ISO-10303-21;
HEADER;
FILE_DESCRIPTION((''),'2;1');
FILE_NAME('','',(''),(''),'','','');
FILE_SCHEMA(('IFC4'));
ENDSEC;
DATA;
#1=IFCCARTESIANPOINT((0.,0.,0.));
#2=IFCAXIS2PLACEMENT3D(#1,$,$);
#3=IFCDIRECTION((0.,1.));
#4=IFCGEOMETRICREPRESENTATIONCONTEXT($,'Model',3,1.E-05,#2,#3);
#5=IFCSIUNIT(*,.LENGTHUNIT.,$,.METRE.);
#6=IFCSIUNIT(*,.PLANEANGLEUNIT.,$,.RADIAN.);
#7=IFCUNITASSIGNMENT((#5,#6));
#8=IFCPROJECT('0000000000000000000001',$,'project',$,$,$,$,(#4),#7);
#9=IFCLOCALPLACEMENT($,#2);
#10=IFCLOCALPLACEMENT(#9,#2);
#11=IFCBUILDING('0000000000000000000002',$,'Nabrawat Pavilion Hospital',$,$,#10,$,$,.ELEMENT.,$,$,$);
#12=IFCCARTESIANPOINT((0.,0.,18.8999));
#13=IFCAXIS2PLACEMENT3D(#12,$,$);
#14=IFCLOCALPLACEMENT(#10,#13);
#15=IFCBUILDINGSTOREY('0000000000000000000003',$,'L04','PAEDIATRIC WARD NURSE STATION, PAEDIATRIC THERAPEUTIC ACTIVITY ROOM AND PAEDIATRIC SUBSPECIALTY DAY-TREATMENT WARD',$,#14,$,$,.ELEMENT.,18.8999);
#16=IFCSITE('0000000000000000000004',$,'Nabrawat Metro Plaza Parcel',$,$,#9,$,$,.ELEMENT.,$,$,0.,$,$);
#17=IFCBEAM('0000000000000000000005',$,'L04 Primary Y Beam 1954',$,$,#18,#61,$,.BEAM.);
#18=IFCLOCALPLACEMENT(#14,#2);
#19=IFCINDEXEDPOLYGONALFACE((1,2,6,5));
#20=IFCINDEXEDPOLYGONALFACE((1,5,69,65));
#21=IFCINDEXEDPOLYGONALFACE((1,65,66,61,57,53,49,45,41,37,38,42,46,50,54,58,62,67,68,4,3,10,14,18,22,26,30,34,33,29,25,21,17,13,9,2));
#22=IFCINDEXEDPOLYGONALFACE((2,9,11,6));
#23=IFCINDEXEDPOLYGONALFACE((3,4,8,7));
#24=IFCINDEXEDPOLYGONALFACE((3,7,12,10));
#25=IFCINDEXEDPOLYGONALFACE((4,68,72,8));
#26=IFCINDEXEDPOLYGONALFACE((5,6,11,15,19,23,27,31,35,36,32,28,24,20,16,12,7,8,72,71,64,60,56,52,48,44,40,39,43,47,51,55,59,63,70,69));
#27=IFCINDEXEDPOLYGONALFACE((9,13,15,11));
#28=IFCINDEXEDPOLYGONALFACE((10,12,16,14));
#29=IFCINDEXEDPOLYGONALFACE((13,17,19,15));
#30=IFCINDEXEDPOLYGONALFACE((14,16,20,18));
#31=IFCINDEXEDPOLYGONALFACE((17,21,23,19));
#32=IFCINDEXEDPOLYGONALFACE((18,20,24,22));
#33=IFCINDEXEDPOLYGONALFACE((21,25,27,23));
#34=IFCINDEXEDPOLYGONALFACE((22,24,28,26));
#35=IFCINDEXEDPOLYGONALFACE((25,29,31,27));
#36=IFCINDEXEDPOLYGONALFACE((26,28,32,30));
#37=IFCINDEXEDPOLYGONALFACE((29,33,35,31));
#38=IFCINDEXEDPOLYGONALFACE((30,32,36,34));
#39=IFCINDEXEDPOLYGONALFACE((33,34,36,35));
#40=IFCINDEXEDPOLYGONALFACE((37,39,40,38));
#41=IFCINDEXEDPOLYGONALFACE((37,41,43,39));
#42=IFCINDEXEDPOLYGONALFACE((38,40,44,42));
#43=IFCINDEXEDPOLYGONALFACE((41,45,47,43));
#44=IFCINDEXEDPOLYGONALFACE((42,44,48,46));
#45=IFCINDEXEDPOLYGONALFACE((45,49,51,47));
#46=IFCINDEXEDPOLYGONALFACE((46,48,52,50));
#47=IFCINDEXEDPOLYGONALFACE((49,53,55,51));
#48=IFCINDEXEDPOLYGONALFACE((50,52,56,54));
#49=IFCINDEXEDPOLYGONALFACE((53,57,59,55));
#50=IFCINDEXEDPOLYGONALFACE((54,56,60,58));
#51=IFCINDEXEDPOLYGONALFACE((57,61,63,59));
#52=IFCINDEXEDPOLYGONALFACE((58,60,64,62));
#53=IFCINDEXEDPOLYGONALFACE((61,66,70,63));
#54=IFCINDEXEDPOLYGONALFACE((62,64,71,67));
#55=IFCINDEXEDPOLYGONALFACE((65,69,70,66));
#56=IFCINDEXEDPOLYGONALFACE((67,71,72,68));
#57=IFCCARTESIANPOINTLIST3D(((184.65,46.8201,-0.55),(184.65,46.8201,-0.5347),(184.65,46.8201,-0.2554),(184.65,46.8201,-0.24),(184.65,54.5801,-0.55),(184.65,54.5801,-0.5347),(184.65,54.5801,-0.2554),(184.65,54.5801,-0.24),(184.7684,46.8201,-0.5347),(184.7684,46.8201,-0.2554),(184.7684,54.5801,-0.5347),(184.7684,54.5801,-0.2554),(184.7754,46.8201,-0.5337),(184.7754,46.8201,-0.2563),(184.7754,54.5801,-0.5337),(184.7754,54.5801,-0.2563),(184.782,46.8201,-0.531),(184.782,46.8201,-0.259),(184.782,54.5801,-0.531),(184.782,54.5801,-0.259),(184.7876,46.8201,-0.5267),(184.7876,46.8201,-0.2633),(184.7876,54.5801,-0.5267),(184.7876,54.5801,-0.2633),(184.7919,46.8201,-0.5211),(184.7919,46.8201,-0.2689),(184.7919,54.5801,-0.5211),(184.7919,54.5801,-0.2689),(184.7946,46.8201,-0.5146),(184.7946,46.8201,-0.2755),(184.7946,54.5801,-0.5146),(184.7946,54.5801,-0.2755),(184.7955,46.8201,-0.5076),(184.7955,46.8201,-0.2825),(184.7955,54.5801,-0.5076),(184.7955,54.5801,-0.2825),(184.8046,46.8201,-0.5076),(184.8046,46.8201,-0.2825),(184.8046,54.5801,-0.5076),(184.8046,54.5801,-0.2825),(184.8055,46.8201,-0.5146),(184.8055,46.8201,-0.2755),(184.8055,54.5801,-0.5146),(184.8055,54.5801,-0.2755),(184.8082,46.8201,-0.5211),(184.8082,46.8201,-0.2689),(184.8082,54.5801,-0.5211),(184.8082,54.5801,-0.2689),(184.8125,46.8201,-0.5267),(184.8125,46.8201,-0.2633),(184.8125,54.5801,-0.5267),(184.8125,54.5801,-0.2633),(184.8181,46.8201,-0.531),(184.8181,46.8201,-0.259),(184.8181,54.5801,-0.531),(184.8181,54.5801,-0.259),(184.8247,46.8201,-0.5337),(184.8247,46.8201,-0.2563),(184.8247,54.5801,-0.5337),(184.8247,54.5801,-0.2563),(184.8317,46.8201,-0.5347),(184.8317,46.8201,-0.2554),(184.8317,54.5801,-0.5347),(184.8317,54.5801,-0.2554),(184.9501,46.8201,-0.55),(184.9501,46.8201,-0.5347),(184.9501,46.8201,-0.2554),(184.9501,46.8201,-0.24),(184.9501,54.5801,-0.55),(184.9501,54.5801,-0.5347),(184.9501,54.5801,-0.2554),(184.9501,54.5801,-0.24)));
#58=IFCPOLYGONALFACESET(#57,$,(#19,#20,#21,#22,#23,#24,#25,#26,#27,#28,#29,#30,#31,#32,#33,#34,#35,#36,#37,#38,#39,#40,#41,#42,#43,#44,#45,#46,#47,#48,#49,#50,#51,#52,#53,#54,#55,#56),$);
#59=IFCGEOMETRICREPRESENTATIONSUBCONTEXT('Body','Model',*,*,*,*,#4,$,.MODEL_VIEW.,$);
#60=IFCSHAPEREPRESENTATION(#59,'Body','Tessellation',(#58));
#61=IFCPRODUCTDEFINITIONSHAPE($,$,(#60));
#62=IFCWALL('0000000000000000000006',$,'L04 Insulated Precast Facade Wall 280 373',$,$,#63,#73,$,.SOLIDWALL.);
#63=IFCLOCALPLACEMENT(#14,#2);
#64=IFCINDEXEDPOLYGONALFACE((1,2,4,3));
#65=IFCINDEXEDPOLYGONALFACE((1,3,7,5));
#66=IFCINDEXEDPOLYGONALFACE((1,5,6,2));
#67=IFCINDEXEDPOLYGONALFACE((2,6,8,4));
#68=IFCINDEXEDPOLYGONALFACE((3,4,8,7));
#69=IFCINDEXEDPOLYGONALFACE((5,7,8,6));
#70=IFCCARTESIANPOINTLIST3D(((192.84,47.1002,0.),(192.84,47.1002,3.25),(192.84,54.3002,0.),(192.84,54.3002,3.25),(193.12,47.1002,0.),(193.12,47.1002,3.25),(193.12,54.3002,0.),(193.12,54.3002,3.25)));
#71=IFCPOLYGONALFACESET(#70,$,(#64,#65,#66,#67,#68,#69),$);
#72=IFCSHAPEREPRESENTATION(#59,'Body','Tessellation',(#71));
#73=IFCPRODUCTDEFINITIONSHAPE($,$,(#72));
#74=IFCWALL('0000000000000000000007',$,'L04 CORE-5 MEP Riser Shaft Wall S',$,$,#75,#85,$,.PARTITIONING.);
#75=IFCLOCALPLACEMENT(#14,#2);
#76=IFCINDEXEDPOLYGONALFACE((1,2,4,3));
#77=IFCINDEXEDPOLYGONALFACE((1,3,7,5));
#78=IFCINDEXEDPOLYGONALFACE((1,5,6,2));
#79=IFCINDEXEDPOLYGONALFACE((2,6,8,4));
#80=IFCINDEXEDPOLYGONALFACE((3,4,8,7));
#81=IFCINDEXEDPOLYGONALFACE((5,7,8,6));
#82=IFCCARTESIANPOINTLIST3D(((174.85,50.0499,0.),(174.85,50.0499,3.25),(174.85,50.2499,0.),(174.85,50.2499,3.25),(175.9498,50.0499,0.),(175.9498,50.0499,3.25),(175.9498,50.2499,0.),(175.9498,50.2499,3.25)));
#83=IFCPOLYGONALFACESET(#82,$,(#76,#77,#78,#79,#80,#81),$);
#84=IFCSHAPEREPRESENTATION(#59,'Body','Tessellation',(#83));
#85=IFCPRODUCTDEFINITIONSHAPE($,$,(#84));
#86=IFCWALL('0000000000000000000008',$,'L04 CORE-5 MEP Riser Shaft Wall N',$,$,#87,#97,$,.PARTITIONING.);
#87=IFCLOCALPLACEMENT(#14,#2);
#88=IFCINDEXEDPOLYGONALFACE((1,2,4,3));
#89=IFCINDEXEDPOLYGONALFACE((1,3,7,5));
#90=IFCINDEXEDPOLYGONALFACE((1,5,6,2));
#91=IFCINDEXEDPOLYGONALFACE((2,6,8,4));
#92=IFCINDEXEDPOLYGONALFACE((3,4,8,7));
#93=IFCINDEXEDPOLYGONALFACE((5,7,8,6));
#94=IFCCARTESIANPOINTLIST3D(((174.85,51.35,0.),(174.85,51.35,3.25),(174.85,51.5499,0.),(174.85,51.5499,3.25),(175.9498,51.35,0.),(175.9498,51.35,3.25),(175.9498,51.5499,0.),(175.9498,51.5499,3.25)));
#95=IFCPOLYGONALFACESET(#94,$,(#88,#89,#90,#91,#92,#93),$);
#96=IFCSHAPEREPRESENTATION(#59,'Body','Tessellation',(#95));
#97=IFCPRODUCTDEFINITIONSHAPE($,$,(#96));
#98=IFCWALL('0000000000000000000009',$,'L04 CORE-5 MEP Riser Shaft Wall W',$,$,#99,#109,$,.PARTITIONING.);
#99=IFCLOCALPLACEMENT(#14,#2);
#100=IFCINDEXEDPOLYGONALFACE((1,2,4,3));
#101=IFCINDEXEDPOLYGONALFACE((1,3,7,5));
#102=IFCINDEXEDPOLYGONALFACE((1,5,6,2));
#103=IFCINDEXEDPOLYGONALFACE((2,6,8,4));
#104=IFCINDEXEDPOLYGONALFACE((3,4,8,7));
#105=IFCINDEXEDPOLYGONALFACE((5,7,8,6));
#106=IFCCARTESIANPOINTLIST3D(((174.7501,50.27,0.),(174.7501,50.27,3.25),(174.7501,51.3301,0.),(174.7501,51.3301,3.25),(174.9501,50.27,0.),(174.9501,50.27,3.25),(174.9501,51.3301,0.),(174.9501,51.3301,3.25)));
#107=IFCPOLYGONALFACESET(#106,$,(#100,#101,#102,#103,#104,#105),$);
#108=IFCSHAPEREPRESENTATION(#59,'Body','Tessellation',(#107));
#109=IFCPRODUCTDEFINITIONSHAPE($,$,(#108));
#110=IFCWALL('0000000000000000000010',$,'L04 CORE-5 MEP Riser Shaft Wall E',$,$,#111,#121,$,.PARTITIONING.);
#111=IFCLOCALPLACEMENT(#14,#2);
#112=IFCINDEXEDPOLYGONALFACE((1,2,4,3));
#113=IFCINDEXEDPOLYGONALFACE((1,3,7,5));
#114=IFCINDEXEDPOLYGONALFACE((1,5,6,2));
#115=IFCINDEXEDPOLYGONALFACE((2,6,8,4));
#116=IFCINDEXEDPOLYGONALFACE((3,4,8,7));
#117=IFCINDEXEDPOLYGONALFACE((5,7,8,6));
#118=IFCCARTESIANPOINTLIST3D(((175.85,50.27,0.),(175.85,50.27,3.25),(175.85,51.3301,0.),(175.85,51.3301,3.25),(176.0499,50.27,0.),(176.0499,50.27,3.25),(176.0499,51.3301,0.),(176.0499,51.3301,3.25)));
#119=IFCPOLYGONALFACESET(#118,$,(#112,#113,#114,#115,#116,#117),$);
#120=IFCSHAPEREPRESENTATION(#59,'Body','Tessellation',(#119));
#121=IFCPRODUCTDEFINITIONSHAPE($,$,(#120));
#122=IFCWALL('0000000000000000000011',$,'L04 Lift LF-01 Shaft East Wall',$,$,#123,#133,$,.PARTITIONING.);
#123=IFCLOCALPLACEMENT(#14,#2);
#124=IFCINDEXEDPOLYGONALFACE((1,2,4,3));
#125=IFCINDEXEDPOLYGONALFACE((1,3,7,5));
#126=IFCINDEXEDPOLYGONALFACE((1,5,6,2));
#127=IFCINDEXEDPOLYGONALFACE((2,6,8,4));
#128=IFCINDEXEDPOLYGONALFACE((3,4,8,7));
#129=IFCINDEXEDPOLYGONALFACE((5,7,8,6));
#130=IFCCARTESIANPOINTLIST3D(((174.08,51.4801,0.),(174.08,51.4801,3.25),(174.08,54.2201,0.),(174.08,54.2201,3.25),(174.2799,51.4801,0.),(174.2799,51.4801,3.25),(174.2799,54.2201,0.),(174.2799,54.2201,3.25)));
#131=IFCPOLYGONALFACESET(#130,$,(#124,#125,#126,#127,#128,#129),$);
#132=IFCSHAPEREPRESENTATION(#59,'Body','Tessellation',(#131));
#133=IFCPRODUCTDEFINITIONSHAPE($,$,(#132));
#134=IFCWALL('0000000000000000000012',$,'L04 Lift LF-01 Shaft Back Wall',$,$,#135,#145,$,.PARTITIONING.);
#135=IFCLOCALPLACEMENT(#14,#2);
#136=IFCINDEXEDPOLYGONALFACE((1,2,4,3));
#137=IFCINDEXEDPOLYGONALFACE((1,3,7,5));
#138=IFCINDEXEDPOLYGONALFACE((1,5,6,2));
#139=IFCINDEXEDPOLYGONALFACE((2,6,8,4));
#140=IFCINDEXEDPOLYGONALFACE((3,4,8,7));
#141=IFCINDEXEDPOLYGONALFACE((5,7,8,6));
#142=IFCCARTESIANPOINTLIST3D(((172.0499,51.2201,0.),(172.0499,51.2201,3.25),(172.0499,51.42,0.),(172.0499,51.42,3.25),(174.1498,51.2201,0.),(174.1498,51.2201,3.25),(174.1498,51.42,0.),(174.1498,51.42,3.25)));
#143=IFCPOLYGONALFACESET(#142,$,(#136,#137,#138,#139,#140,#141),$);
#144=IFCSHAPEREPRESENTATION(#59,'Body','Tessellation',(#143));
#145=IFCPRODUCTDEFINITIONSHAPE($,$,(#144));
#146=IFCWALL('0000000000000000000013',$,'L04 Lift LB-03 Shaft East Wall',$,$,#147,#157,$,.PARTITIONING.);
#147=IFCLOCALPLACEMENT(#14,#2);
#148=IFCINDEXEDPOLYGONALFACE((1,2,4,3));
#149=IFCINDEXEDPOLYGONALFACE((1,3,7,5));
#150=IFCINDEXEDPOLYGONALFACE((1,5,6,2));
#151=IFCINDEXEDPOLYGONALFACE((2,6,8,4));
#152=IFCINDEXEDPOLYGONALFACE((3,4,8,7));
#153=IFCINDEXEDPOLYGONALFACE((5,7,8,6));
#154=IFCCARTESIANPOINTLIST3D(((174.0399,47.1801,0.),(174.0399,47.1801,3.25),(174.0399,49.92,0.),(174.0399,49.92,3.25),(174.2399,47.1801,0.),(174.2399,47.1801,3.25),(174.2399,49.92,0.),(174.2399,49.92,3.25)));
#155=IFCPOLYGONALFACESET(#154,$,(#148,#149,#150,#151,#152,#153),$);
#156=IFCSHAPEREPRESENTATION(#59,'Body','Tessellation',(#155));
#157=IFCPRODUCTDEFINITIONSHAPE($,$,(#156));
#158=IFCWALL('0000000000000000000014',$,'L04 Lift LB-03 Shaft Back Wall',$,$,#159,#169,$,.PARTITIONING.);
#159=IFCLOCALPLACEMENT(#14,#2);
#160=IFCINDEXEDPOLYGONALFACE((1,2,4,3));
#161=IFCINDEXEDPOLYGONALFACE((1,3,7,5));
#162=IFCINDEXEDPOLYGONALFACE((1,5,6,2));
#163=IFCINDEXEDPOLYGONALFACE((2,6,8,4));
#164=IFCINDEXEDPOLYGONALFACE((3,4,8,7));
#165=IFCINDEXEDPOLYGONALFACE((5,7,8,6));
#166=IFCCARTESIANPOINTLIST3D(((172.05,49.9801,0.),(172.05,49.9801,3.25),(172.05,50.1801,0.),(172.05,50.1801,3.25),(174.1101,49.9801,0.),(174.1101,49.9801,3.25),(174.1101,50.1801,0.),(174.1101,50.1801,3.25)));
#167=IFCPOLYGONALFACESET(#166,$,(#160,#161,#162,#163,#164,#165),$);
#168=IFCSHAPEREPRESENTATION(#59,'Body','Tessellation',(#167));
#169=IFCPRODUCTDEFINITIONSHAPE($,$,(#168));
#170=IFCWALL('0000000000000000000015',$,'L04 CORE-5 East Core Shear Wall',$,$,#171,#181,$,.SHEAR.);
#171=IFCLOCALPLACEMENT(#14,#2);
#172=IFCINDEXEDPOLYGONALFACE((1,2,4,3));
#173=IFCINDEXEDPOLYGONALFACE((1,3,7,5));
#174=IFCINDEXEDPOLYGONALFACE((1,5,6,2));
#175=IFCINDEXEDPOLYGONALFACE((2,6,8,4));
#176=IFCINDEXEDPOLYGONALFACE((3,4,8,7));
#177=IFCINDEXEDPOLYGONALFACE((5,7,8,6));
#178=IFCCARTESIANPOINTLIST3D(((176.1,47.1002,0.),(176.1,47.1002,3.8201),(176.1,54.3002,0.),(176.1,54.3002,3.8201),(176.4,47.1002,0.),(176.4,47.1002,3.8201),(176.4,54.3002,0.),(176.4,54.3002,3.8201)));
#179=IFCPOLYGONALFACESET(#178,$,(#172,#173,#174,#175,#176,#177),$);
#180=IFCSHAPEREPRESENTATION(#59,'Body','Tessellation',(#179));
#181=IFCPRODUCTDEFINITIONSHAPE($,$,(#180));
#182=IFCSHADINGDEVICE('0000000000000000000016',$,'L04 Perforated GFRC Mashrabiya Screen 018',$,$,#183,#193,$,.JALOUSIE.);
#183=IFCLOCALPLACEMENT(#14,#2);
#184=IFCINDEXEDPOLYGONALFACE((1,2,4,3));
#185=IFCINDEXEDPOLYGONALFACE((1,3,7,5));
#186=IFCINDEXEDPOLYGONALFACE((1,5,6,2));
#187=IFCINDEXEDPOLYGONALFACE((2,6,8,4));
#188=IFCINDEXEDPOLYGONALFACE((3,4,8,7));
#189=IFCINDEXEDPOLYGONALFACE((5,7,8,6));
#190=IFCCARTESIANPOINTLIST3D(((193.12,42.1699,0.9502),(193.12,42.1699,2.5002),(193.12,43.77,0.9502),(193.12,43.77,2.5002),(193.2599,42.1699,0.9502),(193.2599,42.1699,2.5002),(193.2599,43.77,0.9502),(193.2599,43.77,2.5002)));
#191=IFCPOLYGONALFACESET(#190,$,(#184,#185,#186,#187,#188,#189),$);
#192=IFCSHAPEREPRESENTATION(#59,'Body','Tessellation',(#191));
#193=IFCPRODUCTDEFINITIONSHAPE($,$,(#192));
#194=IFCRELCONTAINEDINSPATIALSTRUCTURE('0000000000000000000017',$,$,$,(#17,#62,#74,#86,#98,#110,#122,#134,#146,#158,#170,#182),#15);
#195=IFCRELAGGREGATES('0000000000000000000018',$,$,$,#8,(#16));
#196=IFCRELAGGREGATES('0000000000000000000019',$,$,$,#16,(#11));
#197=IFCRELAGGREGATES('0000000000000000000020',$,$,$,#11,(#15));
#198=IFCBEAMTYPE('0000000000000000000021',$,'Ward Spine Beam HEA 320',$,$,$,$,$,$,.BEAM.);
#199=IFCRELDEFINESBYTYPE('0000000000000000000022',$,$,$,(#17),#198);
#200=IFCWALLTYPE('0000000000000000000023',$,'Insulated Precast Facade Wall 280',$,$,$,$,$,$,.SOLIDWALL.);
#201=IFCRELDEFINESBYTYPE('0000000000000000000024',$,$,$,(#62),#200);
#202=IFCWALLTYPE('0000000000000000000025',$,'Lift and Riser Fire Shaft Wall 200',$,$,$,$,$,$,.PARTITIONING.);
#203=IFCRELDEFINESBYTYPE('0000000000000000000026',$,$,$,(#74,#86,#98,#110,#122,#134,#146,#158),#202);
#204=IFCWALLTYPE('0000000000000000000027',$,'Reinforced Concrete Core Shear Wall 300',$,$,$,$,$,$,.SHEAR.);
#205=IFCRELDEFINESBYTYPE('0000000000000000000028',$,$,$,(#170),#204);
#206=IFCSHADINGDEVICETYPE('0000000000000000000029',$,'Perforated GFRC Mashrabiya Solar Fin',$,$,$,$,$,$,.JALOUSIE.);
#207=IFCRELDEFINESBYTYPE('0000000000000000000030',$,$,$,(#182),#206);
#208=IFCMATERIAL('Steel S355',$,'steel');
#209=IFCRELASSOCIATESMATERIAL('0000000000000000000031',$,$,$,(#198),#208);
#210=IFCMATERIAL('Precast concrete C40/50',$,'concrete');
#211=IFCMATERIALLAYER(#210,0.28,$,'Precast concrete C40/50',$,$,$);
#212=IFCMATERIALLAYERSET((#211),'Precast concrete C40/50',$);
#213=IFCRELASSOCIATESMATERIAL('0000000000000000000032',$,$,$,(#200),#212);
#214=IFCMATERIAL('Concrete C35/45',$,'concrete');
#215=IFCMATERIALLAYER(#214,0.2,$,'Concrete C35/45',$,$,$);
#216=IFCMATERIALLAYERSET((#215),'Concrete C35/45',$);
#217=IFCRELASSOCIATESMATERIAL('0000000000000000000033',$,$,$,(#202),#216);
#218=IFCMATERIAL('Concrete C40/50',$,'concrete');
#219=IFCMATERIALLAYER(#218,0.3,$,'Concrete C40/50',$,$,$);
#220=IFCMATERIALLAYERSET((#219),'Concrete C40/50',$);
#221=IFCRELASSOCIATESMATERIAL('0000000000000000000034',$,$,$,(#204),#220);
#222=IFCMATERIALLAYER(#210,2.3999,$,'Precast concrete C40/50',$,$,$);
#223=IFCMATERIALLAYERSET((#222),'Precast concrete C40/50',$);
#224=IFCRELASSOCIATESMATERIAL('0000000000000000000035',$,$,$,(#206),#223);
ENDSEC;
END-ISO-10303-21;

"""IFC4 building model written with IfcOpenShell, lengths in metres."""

from ifc_helpers import new_model, si_unit, direction, frame, frame_2d, origin, origin_2d, place, context, subcontext, project, spatial, rectangle, i_section, extrude, material, layer, layer_set, material_profile, profile_set, type_object, element, save


model = new_model("IFC4")

# Units and contexts
model_context = context("Model", 3, precision=1e-05, world=origin(), true_north=direction((0.0, 1.0)))
body_context = subcontext(model_context, "Body", "Model", "MODEL_VIEW")
ifc_project = project(units=[si_unit("LENGTHUNIT", "METRE"), si_unit("PLANEANGLEUNIT", "RADIAN")], contexts=[model_context])

# Site, building, storey
site_placement = place(None, origin())
site = spatial("IfcSite", under=ifc_project, at=site_placement, Name="Nabrawat Metro Plaza Parcel", CompositionType="ELEMENT", RefElevation=0.0)
building_placement = place(site_placement, origin())
building = spatial("IfcBuilding", under=site, at=building_placement, Name="Nabrawat Pavilion Hospital", CompositionType="ELEMENT")
storey_placement = place(building_placement, frame((0.0, 0.0, 18.8999)))
storey = spatial("IfcBuildingStorey", under=building, at=storey_placement, Name="L04", Description="PAEDIATRIC WARD NURSE STATION, PAEDIATRIC THERAPEUTIC ACTIVITY ROOM AND PAEDIATRIC SUBSPECIALTY DAY-TREATMENT WARD", CompositionType="ELEMENT", Elevation=18.8999)

# Shared definitions
ifc_material_1 = material(Name="Steel S355", Category="steel")

# Beam
ifc_material_profile_1 = material_profile(ifc_material_1, i_section(OverallWidth=0.3, OverallDepth=0.3101, WebThickness=0.009, FlangeThickness=0.0154, FilletRadius=0.0271, at=origin_2d()), Name="HEA 320")
ifc_profile_set_1 = profile_set([ifc_material_profile_1], Name="Steel S355")
beam_type_1 = type_object("IfcBeamType", Name="Ward Spine Beam HEA 320", PredefinedType="BEAM", material=ifc_profile_set_1)
for number, where, z_axis, x_axis, name in (
    (1, (184.8, 46.8201, -0.395), (0.0, 1.0, 0.0), (-1.0, 0.0, 0.0), "L04 Primary Y Beam 1954"),
):
    element("IfcBeam", number, at=place(storey_placement, frame(where, z_axis=z_axis, x_axis=x_axis)), inside=storey, type_object=beam_type_1, Name=name, PredefinedType="BEAM", context=body_context, shape_type="SweptSolid", body=[
        extrude(i_section(OverallWidth=0.3, OverallDepth=0.3101, WebThickness=0.009, FlangeThickness=0.0154, FilletRadius=0.0271, at=origin_2d()), origin(), (0.0, 0.0, 1.0), 7.76),
    ])

# Walls
ifc_material_2 = material(Name="Precast concrete C40/50", Category="concrete")
ifc_layer_1 = layer(ifc_material_2, 0.28, Name="Precast concrete C40/50")
ifc_layer_set_1 = layer_set([ifc_layer_1], Name="Precast concrete C40/50")
wall_type_1 = type_object("IfcWallType", Name="Insulated Precast Facade Wall 280", PredefinedType="SOLIDWALL", material=ifc_layer_set_1)
wall_1_placement = place(storey_placement, frame((192.98, 47.1001, 0.0), z_axis=(0.0, 0.0, 1.0), x_axis=(0.0, 1.0, 0.0)))
element("IfcWall", 2, at=wall_1_placement, inside=storey, type_object=wall_type_1, Name="L04 Insulated Precast Facade Wall 280 373", PredefinedType="SOLIDWALL", context=body_context, shape_type="SweptSolid", body=[
    extrude(rectangle(XDim=7.2, YDim=0.28, at=frame_2d((3.6001, 0.0))), origin(), (0.0, 0.0, 1.0), 3.25),
])
ifc_material_3 = material(Name="Concrete C35/45", Category="concrete")
ifc_layer_2 = layer(ifc_material_3, 0.2, Name="Concrete C35/45")
ifc_layer_set_2 = layer_set([ifc_layer_2], Name="Concrete C35/45")
wall_type_2 = type_object("IfcWallType", Name="Lift and Riser Fire Shaft Wall 200", PredefinedType="PARTITIONING", material=ifc_layer_set_2)
for number, where, z_axis, x_axis, name in (
    (3, (174.8501, 50.1499, 0.0), (0.0, 0.0, 1.0), (1.0, 0.0, 0.0), "L04 CORE-5 MEP Riser Shaft Wall S"),
    (4, (174.8501, 51.45, 0.0), (0.0, 0.0, 1.0), (1.0, 0.0, 0.0), "L04 CORE-5 MEP Riser Shaft Wall N"),
):
    element("IfcWall", number, at=place(storey_placement, frame(where, z_axis=z_axis, x_axis=x_axis)), inside=storey, type_object=wall_type_2, Name=name, PredefinedType="PARTITIONING", context=body_context, shape_type="SweptSolid", body=[
        extrude(rectangle(XDim=1.0999, YDim=0.2, at=frame_2d((0.5498, 0.0))), origin(), (0.0, 0.0, 1.0), 3.25),
    ])
for number, where, z_axis, x_axis, name in (
    (5, (174.8501, 50.27, 0.0), (0.0, 0.0, 1.0), (0.0, 1.0, 0.0), "L04 CORE-5 MEP Riser Shaft Wall W"),
    (6, (175.95, 50.27, 0.0), (0.0, 0.0, 1.0), (0.0, 1.0, 0.0), "L04 CORE-5 MEP Riser Shaft Wall E"),
):
    element("IfcWall", number, at=place(storey_placement, frame(where, z_axis=z_axis, x_axis=x_axis)), inside=storey, type_object=wall_type_2, Name=name, PredefinedType="PARTITIONING", context=body_context, shape_type="SweptSolid", body=[
        extrude(rectangle(XDim=1.0601, YDim=0.2, at=frame_2d((0.53, 0.0))), origin(), (0.0, 0.0, 1.0), 3.25),
    ])
wall_2_placement = place(storey_placement, frame((174.1799, 51.48, 0.0), z_axis=(0.0, 0.0, 1.0), x_axis=(0.0, 1.0, 0.0)))
element("IfcWall", 7, at=wall_2_placement, inside=storey, type_object=wall_type_2, Name="L04 Lift LF-01 Shaft East Wall", PredefinedType="PARTITIONING", context=body_context, shape_type="SweptSolid", body=[
    extrude(rectangle(XDim=2.74, YDim=0.2, at=frame_2d((1.3701, 0.0))), origin(), (0.0, 0.0, 1.0), 3.25),
])
wall_3_placement = place(storey_placement, frame((172.05, 51.3201, 0.0), z_axis=(0.0, 0.0, 1.0), x_axis=(1.0, 0.0, 0.0)))
element("IfcWall", 8, at=wall_3_placement, inside=storey, type_object=wall_type_2, Name="L04 Lift LF-01 Shaft Back Wall", PredefinedType="PARTITIONING", context=body_context, shape_type="SweptSolid", body=[
    extrude(rectangle(XDim=2.0999, YDim=0.2, at=frame_2d((1.0498, 0.0))), origin(), (0.0, 0.0, 1.0), 3.25),
])
wall_4_placement = place(storey_placement, frame((174.1399, 47.1799, 0.0), z_axis=(0.0, 0.0, 1.0), x_axis=(0.0, 1.0, 0.0)))
element("IfcWall", 9, at=wall_4_placement, inside=storey, type_object=wall_type_2, Name="L04 Lift LB-03 Shaft East Wall", PredefinedType="PARTITIONING", context=body_context, shape_type="SweptSolid", body=[
    extrude(rectangle(XDim=2.74, YDim=0.2, at=frame_2d((1.3701, 0.0))), origin(), (0.0, 0.0, 1.0), 3.25),
])
wall_5_placement = place(storey_placement, frame((172.05, 50.0801, 0.0), z_axis=(0.0, 0.0, 1.0), x_axis=(1.0, 0.0, 0.0)))
element("IfcWall", 10, at=wall_5_placement, inside=storey, type_object=wall_type_2, Name="L04 Lift LB-03 Shaft Back Wall", PredefinedType="PARTITIONING", context=body_context, shape_type="SweptSolid", body=[
    extrude(rectangle(XDim=2.0601, YDim=0.2, at=frame_2d((1.03, 0.0))), origin(), (0.0, 0.0, 1.0), 3.25),
])
ifc_material_4 = material(Name="Concrete C40/50", Category="concrete")
ifc_layer_3 = layer(ifc_material_4, 0.3, Name="Concrete C40/50")
ifc_layer_set_3 = layer_set([ifc_layer_3], Name="Concrete C40/50")
wall_type_3 = type_object("IfcWallType", Name="Reinforced Concrete Core Shear Wall 300", PredefinedType="SHEAR", material=ifc_layer_set_3)
wall_6_placement = place(storey_placement, frame((176.25, 47.1001, 0.0), z_axis=(0.0, 0.0, 1.0), x_axis=(0.0, 1.0, 0.0)))
element("IfcWall", 11, at=wall_6_placement, inside=storey, type_object=wall_type_3, Name="L04 CORE-5 East Core Shear Wall", PredefinedType="SHEAR", context=body_context, shape_type="SweptSolid", body=[
    extrude(rectangle(XDim=7.2, YDim=0.3, at=frame_2d((3.6001, 0.0))), origin(), (0.0, 0.0, 1.0), 3.8201),
])

# Shading device
ifc_layer_4 = layer(ifc_material_2, 2.3999, Name="Precast concrete C40/50")
ifc_layer_set_4 = layer_set([ifc_layer_4], Name="Precast concrete C40/50")
shading_device_type = type_object("IfcShadingDeviceType", Name="Perforated GFRC Mashrabiya Solar Fin", PredefinedType="JALOUSIE", material=ifc_layer_set_4)
shading_device_placement = place(storey_placement, frame((193.1899, 42.97, 0.9502), z_axis=(0.0, 0.0, 1.0), x_axis=(0.0, 1.0, 0.0)))
element("IfcShadingDevice", 12, at=shading_device_placement, inside=storey, type_object=shading_device_type, Name="L04 Perforated GFRC Mashrabiya Screen 018", PredefinedType="JALOUSIE", context=body_context, shape_type="SweptSolid", body=[
    extrude(rectangle(XDim=1.6001, YDim=0.1399, at=origin_2d()), origin(), (0.0, 0.0, 1.0), 1.55),
])

save(model, "model.ifc")
